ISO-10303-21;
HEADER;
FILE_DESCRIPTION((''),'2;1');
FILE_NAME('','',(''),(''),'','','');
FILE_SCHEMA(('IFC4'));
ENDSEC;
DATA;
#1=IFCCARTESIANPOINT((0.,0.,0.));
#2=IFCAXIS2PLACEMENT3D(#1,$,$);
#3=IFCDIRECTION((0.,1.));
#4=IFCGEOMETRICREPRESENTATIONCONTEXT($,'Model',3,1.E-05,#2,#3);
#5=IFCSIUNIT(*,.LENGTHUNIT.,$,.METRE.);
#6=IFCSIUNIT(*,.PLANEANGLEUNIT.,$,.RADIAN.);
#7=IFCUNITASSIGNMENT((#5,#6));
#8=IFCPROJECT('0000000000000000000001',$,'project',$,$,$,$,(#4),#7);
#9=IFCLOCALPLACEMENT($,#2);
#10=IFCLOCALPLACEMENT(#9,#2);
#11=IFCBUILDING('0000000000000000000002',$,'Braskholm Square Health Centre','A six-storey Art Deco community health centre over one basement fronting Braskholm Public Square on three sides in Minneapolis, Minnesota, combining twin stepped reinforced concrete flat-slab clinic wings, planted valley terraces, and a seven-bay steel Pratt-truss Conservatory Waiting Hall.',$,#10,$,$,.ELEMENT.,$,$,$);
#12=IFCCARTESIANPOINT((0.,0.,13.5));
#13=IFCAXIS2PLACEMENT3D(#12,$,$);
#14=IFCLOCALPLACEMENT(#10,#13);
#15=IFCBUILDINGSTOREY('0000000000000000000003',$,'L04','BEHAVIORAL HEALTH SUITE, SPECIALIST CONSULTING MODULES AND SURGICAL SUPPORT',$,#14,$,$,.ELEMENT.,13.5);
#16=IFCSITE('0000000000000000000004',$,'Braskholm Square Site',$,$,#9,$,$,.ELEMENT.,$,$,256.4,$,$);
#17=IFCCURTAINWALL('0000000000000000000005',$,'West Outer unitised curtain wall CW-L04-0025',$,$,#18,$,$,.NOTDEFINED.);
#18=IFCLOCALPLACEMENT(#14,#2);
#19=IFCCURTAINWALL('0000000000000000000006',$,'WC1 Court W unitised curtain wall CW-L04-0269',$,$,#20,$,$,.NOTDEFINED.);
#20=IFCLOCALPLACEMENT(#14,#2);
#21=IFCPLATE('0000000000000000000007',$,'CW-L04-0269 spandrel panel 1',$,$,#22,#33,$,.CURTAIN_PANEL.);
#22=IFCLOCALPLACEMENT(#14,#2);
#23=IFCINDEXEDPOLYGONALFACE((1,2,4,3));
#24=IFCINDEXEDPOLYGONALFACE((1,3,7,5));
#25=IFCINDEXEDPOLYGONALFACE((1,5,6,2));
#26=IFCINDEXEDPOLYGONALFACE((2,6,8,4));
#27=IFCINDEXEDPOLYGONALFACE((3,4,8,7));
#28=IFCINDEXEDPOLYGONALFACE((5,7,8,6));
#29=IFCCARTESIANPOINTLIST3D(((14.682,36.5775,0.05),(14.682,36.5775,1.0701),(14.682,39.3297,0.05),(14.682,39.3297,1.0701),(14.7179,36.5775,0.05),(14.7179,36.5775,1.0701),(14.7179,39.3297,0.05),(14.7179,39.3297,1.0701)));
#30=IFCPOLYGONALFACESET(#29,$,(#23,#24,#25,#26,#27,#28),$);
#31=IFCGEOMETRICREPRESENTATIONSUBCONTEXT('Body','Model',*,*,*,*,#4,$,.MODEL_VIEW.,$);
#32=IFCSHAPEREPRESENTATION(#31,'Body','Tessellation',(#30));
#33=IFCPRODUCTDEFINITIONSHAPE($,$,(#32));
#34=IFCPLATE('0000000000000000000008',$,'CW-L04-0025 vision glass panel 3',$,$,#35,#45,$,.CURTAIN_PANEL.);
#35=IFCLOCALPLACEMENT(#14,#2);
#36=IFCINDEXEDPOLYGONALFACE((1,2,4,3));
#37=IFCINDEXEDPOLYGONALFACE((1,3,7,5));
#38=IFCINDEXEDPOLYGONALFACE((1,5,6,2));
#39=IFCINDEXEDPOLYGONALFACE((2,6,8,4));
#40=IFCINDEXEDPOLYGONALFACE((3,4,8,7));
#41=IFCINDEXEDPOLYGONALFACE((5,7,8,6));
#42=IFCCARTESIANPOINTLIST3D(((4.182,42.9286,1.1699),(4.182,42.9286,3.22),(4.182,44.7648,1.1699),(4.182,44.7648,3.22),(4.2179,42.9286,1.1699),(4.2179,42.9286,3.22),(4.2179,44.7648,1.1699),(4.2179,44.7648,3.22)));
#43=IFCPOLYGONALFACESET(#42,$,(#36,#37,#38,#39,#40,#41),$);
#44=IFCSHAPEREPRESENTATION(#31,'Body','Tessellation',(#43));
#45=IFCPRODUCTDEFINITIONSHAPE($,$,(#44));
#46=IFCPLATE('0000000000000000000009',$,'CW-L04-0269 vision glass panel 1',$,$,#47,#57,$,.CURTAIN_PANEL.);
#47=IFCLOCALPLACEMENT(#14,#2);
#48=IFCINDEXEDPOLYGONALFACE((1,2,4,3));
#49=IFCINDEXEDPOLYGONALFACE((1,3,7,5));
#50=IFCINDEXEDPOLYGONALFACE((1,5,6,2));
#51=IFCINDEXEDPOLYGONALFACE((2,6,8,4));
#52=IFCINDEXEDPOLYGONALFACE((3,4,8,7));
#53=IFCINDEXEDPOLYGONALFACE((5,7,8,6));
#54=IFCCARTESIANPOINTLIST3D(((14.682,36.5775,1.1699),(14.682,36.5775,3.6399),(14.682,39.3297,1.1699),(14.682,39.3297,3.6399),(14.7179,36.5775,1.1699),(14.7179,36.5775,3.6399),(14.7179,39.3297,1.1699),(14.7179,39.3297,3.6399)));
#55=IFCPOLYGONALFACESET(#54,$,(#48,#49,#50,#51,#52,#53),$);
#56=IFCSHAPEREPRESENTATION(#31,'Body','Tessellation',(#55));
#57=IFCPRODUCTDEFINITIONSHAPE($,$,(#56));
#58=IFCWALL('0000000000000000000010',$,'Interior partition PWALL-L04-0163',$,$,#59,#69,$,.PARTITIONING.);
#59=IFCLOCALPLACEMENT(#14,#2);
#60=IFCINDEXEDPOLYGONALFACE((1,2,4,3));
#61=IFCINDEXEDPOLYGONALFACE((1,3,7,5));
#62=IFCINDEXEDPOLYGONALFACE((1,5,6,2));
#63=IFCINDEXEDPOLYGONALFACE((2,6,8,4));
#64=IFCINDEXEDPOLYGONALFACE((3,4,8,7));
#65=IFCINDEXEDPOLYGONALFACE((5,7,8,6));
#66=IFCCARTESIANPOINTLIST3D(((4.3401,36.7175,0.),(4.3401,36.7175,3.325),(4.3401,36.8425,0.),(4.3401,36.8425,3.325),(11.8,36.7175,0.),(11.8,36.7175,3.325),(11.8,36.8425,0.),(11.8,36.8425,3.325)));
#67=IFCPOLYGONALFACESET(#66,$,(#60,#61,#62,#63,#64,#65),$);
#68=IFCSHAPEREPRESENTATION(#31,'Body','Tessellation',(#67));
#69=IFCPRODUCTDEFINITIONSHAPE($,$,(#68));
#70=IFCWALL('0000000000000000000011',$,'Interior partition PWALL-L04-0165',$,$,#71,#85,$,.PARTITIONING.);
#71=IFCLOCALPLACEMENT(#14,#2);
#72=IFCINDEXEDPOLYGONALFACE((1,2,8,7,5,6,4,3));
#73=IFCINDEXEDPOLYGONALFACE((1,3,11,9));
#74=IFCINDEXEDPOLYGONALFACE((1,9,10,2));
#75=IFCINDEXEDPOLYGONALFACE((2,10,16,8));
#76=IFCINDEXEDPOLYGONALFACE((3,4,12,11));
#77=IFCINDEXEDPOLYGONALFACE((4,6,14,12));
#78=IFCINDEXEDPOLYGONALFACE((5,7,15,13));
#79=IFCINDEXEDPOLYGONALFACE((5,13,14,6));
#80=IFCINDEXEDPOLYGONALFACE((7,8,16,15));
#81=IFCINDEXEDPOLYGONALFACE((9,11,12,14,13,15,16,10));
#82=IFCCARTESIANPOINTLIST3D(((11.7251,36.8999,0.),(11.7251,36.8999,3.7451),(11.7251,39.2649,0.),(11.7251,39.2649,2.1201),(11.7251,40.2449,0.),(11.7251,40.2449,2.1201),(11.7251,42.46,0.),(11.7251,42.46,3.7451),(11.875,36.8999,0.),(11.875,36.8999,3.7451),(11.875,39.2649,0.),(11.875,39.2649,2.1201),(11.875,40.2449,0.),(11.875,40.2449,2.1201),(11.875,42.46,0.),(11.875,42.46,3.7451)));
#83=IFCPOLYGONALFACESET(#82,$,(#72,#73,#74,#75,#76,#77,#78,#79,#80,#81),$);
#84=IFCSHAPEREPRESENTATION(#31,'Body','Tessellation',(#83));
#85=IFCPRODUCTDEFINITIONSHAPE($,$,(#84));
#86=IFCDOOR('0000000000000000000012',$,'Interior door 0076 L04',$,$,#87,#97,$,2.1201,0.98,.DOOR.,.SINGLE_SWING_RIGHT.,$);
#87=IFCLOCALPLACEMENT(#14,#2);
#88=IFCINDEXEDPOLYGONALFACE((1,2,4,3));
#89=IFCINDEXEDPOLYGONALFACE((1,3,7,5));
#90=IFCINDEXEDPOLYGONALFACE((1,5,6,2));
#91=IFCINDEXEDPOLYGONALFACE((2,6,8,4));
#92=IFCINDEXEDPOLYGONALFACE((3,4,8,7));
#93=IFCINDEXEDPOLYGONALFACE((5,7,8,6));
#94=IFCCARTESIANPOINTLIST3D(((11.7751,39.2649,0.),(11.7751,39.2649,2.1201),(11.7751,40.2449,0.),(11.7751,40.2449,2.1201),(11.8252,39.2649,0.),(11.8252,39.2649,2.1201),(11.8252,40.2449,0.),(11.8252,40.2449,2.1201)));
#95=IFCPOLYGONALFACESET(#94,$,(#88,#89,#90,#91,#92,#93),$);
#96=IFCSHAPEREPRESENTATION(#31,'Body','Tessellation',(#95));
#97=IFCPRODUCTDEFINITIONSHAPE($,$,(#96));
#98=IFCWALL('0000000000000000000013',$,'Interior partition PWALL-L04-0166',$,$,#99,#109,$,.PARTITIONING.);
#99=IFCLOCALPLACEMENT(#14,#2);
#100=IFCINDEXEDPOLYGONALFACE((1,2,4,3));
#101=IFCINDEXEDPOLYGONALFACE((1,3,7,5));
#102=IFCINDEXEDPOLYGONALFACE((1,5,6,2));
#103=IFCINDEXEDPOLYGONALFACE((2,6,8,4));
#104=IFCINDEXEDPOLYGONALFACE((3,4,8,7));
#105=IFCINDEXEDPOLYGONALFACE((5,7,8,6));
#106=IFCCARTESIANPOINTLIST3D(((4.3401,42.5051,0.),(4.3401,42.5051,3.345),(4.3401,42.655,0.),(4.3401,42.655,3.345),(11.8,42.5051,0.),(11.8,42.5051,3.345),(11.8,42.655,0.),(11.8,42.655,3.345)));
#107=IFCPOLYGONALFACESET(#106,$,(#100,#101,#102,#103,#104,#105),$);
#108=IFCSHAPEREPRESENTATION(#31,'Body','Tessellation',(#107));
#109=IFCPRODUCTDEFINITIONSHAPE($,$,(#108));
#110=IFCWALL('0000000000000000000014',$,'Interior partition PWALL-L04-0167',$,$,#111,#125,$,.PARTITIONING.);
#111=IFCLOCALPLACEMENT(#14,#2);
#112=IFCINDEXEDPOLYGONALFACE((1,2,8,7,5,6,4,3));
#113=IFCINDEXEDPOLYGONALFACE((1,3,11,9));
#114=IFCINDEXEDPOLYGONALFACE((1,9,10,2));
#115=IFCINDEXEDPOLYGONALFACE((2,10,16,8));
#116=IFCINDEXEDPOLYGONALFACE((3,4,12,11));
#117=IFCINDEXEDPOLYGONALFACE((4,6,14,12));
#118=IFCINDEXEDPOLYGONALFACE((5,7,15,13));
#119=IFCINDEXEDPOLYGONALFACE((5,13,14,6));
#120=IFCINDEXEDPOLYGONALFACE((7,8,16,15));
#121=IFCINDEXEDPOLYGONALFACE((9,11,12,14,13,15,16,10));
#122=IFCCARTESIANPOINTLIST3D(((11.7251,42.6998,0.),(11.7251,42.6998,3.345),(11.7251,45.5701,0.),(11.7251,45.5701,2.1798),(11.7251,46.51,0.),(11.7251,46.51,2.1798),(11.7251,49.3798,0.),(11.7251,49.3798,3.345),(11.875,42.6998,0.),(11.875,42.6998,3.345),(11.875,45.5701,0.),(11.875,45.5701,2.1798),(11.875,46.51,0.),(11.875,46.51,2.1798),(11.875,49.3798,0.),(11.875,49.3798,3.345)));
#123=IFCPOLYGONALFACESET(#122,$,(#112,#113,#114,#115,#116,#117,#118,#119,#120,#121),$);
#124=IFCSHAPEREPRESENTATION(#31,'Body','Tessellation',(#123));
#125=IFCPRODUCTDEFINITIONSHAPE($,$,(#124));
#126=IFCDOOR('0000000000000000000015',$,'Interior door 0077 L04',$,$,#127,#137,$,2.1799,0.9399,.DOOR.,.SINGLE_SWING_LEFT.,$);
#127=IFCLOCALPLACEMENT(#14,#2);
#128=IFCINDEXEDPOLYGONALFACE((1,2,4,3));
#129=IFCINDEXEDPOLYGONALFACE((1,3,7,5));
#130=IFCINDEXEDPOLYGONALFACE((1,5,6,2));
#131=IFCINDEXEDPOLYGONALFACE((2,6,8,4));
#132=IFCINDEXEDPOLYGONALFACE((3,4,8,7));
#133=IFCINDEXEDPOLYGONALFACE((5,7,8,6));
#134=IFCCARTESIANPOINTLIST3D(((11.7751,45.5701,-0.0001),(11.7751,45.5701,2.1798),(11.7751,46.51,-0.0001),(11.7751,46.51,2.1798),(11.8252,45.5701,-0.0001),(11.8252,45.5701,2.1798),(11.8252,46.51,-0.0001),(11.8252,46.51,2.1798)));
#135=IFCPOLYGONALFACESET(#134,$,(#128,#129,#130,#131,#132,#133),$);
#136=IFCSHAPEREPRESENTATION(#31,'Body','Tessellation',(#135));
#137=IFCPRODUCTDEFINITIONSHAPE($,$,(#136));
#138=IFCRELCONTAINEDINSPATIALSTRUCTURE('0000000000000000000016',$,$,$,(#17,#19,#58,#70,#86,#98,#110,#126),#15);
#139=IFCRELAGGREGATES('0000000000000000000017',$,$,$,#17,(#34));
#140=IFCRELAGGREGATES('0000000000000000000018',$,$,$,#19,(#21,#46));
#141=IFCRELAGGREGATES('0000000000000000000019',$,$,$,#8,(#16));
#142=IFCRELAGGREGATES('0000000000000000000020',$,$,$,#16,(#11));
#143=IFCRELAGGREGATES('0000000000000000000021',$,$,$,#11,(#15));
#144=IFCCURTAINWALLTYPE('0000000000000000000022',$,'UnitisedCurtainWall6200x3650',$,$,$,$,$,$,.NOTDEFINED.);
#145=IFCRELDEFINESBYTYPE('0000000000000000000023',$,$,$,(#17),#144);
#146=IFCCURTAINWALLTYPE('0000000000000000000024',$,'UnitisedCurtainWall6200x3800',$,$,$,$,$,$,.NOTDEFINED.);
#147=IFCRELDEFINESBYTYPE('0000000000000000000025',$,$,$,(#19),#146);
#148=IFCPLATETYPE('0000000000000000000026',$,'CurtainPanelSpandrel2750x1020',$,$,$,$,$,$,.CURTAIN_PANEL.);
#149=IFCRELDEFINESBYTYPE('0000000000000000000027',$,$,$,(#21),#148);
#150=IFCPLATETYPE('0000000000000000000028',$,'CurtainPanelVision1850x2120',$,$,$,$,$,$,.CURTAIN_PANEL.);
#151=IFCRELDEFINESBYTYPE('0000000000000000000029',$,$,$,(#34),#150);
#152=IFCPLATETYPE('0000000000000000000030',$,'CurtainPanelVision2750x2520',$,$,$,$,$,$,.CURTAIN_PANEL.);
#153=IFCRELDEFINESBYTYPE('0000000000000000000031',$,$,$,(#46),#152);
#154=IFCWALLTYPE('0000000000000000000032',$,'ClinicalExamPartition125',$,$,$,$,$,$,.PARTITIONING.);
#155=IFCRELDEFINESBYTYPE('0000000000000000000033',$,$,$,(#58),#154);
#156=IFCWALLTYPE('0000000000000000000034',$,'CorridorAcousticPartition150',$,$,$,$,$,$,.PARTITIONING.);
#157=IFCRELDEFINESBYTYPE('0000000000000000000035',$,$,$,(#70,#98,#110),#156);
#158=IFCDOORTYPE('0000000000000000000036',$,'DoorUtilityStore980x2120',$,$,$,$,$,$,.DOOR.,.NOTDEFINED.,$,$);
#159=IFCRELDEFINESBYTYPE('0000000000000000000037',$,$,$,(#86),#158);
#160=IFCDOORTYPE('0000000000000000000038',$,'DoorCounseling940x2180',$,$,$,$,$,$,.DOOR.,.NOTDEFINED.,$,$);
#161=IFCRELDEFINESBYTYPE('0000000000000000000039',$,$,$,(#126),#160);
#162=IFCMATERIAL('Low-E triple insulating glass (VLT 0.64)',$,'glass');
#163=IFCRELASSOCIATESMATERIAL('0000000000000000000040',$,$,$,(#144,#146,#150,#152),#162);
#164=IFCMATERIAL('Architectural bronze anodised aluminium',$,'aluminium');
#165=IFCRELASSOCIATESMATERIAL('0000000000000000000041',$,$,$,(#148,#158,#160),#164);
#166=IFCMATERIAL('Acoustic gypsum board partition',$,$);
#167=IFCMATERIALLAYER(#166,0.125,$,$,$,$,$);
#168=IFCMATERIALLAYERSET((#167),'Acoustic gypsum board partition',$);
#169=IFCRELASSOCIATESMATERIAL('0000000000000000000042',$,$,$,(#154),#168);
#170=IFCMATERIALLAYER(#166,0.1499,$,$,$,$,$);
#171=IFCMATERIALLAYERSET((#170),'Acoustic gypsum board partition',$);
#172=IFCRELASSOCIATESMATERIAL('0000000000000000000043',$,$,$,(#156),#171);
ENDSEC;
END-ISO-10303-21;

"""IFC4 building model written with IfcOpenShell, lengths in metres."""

from ifc_helpers import new_model, si_unit, direction, frame, frame_2d, origin, origin_with_axes, origin_2d, place, context, subcontext, project, spatial, rectangle, extrude, material, layer, layer_set, type_object, element, fill, aggregate, save


model = new_model("IFC4")

# Units and contexts
model_context = context("Model", 3, precision=1e-05, world=origin(), true_north=direction((0.0, 1.0)))
body_context = subcontext(model_context, "Body", "Model", "MODEL_VIEW")
ifc_project = project(units=[si_unit("LENGTHUNIT", "METRE"), si_unit("PLANEANGLEUNIT", "RADIAN")], contexts=[model_context])

# Site, building, storey
site_placement = place(None, origin())
site = spatial("IfcSite", under=ifc_project, at=site_placement, Name="Braskholm Square Site", CompositionType="ELEMENT", RefElevation=256.4)
building_placement = place(site_placement, origin())
building = spatial("IfcBuilding", under=site, at=building_placement, Name="Braskholm Square Health Centre", Description="A six-storey Art Deco community health centre over one basement fronting Braskholm Public Square on three sides in Minneapolis, Minnesota, combining twin stepped reinforced concrete flat-slab clinic wings, planted valley terraces, and a seven-bay steel Pratt-truss Conservatory Waiting Hall.", CompositionType="ELEMENT")
storey_placement = place(building_placement, frame((0.0, 0.0, 13.5)))
storey = spatial("IfcBuildingStorey", under=building, at=storey_placement, Name="L04", Description="BEHAVIORAL HEALTH SUITE, SPECIALIST CONSULTING MODULES AND SURGICAL SUPPORT", CompositionType="ELEMENT", Elevation=13.5)

# Curtain wall
ifc_material_1 = material(Name="Low-E triple insulating glass (VLT 0.64)", Category="glass")
curtain_wall_type_1 = type_object("IfcCurtainWallType", Name="UnitisedCurtainWall6200x3650", PredefinedType="NOTDEFINED", material=ifc_material_1)
curtain_wall_1_placement = place(storey_placement, origin())
curtain_wall_1 = element("IfcCurtainWall", 1, at=curtain_wall_1_placement, inside=storey, type_object=curtain_wall_type_1, Name="West Outer unitised curtain wall CW-L04-0025", PredefinedType="NOTDEFINED")
ifc_material_2 = material(Name="Architectural bronze anodised aluminium", Category="aluminium")

# Curtain wall
curtain_wall_type_2 = type_object("IfcCurtainWallType", Name="UnitisedCurtainWall6200x3800", PredefinedType="NOTDEFINED", material=ifc_material_1)
curtain_wall_2_placement = place(storey_placement, origin())
curtain_wall_2 = element("IfcCurtainWall", 2, at=curtain_wall_2_placement, inside=storey, type_object=curtain_wall_type_2, Name="WC1 Court W unitised curtain wall CW-L04-0269", PredefinedType="NOTDEFINED")

# Plates
plate_type_1 = type_object("IfcPlateType", Name="CurtainPanelSpandrel2750x1020", PredefinedType="CURTAIN_PANEL", material=ifc_material_2)
plate_1_placement = place(storey_placement, frame((14.7, 37.9536, 0.05), z_axis=(0.0, 0.0, 1.0), x_axis=(0.0, 1.0, 0.0)))
plate_1 = element("IfcPlate", 3, at=plate_1_placement, type_object=plate_type_1, Name="CW-L04-0269 spandrel panel 1", PredefinedType="CURTAIN_PANEL", context=body_context, shape_type="SweptSolid", body=[
    extrude(rectangle(XDim=2.7522, YDim=0.0359, at=origin_2d()), origin(), (0.0, 0.0, 1.0), 1.02),
])
plate_type_2 = type_object("IfcPlateType", Name="CurtainPanelVision1850x2120", PredefinedType="CURTAIN_PANEL", material=ifc_material_1)
plate_2_placement = place(storey_placement, frame((4.2, 43.8467, 1.1699), z_axis=(0.0, 0.0, 1.0), x_axis=(0.0, -1.0, 0.0)))
plate_2 = element("IfcPlate", 4, at=plate_2_placement, type_object=plate_type_2, Name="CW-L04-0025 vision glass panel 3", PredefinedType="CURTAIN_PANEL", context=body_context, shape_type="SweptSolid", body=[
    extrude(rectangle(XDim=1.8362, YDim=0.0359, at=origin_2d()), origin(), (0.0, 0.0, 1.0), 2.05),
])
aggregate(curtain_wall_1, [plate_2])
plate_type_3 = type_object("IfcPlateType", Name="CurtainPanelVision2750x2520", PredefinedType="CURTAIN_PANEL", material=ifc_material_1)
plate_3_placement = place(storey_placement, frame((14.7, 37.9536, 1.1699), z_axis=(0.0, 0.0, 1.0), x_axis=(0.0, 1.0, 0.0)))
plate_3 = element("IfcPlate", 5, at=plate_3_placement, type_object=plate_type_3, Name="CW-L04-0269 vision glass panel 1", PredefinedType="CURTAIN_PANEL", context=body_context, shape_type="SweptSolid", body=[
    extrude(rectangle(XDim=2.7522, YDim=0.0359, at=origin_2d()), origin(), (0.0, 0.0, 1.0), 2.47),
])
aggregate(curtain_wall_2, [plate_1, plate_3])

# Wall
ifc_material_3 = material(Name="Acoustic gypsum board partition")
ifc_layer_1 = layer(ifc_material_3, 0.125)
ifc_layer_set_1 = layer_set([ifc_layer_1], Name="Acoustic gypsum board partition")
wall_type_1 = type_object("IfcWallType", Name="ClinicalExamPartition125", PredefinedType="PARTITIONING", material=ifc_layer_set_1)
wall_1_placement = place(storey_placement, frame((4.3401, 36.78, 0.0), z_axis=(0.0, 0.0, 1.0), x_axis=(1.0, 0.0, 0.0)))
element("IfcWall", 6, at=wall_1_placement, inside=storey, type_object=wall_type_1, Name="Interior partition PWALL-L04-0163", PredefinedType="PARTITIONING", context=body_context, shape_type="SweptSolid", body=[
    extrude(rectangle(XDim=7.46, YDim=0.125, at=frame_2d((3.73, 0.0))), origin(), (0.0, 0.0, 1.0), 3.325),
])

# Wall, opening, door
ifc_layer_2 = layer(ifc_material_3, 0.1499)
ifc_layer_set_2 = layer_set([ifc_layer_2], Name="Acoustic gypsum board partition")
wall_type_2 = type_object("IfcWallType", Name="CorridorAcousticPartition150", PredefinedType="PARTITIONING", material=ifc_layer_set_2)
wall_2_placement = place(storey_placement, frame((11.8, 36.8999, 0.0), z_axis=(0.0, 0.0, 1.0), x_axis=(0.0, 1.0, 0.0)))
wall_2 = element("IfcWall", 7, at=wall_2_placement, inside=storey, type_object=wall_type_2, Name="Interior partition PWALL-L04-0165", PredefinedType="PARTITIONING", context=body_context, shape_type="SweptSolid", body=[
    extrude(rectangle(XDim=5.5601, YDim=0.1499, at=frame_2d((2.78, 0.0))), origin(), (0.0, 0.0, 1.0), 3.7451),
])
opening_1_placement = place(wall_2_placement, frame((2.365, 0.0, 0.0)))
opening_1 = element("IfcOpeningElement", 8, at=opening_1_placement, cuts=wall_2, PredefinedType="OPENING", context=body_context, shape_type="SweptSolid", body=[
    extrude(rectangle(XDim=0.98, YDim=2.1201, at=frame_2d((0.49, 1.0601))), frame((0.0, 0.085, 0.0), z_axis=(0.0, -1.0, 0.0), x_axis=(1.0, 0.0, 0.0)), (0.0, 0.0, 1.0), 0.1699),
])
door_type_1 = type_object("IfcDoorType", Name="DoorUtilityStore980x2120", OperationType="NOTDEFINED", PredefinedType="DOOR", material=ifc_material_2)
door_1_placement = place(opening_1_placement, origin_with_axes())
door_1 = element("IfcDoor", 9, at=door_1_placement, inside=storey, type_object=door_type_1, Name="Interior door 0076 L04", OperationType="SINGLE_SWING_RIGHT", OverallHeight=2.1201, OverallWidth=0.98, PredefinedType="DOOR", context=body_context, shape_type="SweptSolid", body=[
    extrude(rectangle(XDim=0.98, YDim=2.1201, at=frame_2d((0.49, 1.0601))), frame((0.0, 0.0249, 0.0), z_axis=(0.0, -1.0, 0.0), x_axis=(1.0, 0.0, 0.0)), (0.0, 0.0, 1.0), 0.05),
])
fill(opening_1, door_1)

# Wall
wall_3_placement = place(storey_placement, frame((4.3401, 42.5801, 0.0), z_axis=(0.0, 0.0, 1.0), x_axis=(1.0, 0.0, 0.0)))
element("IfcWall", 10, at=wall_3_placement, inside=storey, type_object=wall_type_2, Name="Interior partition PWALL-L04-0166", PredefinedType="PARTITIONING", context=body_context, shape_type="SweptSolid", body=[
    extrude(rectangle(XDim=7.46, YDim=0.1499, at=frame_2d((3.73, 0.0))), origin(), (0.0, 0.0, 1.0), 3.345),
])

# Wall, opening, door
wall_4_placement = place(storey_placement, frame((11.8, 42.7, 0.0), z_axis=(0.0, 0.0, 1.0), x_axis=(0.0, 1.0, 0.0)))
wall_4 = element("IfcWall", 11, at=wall_4_placement, inside=storey, type_object=wall_type_2, Name="Interior partition PWALL-L04-0167", PredefinedType="PARTITIONING", context=body_context, shape_type="SweptSolid", body=[
    extrude(rectangle(XDim=6.6799, YDim=0.1499, at=frame_2d((3.3398, 0.0))), origin(), (0.0, 0.0, 1.0), 3.345),
])
opening_2_placement = place(wall_4_placement, frame((2.8701, 0.0, 0.0)))
opening_2 = element("IfcOpeningElement", 12, at=opening_2_placement, cuts=wall_4, PredefinedType="OPENING", context=body_context, shape_type="SweptSolid", body=[
    extrude(rectangle(XDim=0.9399, YDim=2.1799, at=frame_2d((0.47, 1.0898))), frame((0.0, 0.085, 0.0), z_axis=(0.0, -1.0, 0.0), x_axis=(1.0, 0.0, 0.0)), (0.0, 0.0, 1.0), 0.1699),
])
door_type_2 = type_object("IfcDoorType", Name="DoorCounseling940x2180", OperationType="NOTDEFINED", PredefinedType="DOOR", material=ifc_material_2)
door_2_placement = place(opening_2_placement, origin_with_axes())
door_2 = element("IfcDoor", 13, at=door_2_placement, inside=storey, type_object=door_type_2, Name="Interior door 0077 L04", OperationType="SINGLE_SWING_LEFT", OverallHeight=2.1799, OverallWidth=0.9399, PredefinedType="DOOR", context=body_context, shape_type="SweptSolid", body=[
    extrude(rectangle(XDim=0.9399, YDim=2.1799, at=frame_2d((0.47, 1.0898))), frame((0.0, 0.0249, 0.0), z_axis=(0.0, -1.0, 0.0), x_axis=(1.0, 0.0, 0.0)), (0.0, 0.0, 1.0), 0.05),
])
fill(opening_2, door_2)

save(model, "model.ifc")
